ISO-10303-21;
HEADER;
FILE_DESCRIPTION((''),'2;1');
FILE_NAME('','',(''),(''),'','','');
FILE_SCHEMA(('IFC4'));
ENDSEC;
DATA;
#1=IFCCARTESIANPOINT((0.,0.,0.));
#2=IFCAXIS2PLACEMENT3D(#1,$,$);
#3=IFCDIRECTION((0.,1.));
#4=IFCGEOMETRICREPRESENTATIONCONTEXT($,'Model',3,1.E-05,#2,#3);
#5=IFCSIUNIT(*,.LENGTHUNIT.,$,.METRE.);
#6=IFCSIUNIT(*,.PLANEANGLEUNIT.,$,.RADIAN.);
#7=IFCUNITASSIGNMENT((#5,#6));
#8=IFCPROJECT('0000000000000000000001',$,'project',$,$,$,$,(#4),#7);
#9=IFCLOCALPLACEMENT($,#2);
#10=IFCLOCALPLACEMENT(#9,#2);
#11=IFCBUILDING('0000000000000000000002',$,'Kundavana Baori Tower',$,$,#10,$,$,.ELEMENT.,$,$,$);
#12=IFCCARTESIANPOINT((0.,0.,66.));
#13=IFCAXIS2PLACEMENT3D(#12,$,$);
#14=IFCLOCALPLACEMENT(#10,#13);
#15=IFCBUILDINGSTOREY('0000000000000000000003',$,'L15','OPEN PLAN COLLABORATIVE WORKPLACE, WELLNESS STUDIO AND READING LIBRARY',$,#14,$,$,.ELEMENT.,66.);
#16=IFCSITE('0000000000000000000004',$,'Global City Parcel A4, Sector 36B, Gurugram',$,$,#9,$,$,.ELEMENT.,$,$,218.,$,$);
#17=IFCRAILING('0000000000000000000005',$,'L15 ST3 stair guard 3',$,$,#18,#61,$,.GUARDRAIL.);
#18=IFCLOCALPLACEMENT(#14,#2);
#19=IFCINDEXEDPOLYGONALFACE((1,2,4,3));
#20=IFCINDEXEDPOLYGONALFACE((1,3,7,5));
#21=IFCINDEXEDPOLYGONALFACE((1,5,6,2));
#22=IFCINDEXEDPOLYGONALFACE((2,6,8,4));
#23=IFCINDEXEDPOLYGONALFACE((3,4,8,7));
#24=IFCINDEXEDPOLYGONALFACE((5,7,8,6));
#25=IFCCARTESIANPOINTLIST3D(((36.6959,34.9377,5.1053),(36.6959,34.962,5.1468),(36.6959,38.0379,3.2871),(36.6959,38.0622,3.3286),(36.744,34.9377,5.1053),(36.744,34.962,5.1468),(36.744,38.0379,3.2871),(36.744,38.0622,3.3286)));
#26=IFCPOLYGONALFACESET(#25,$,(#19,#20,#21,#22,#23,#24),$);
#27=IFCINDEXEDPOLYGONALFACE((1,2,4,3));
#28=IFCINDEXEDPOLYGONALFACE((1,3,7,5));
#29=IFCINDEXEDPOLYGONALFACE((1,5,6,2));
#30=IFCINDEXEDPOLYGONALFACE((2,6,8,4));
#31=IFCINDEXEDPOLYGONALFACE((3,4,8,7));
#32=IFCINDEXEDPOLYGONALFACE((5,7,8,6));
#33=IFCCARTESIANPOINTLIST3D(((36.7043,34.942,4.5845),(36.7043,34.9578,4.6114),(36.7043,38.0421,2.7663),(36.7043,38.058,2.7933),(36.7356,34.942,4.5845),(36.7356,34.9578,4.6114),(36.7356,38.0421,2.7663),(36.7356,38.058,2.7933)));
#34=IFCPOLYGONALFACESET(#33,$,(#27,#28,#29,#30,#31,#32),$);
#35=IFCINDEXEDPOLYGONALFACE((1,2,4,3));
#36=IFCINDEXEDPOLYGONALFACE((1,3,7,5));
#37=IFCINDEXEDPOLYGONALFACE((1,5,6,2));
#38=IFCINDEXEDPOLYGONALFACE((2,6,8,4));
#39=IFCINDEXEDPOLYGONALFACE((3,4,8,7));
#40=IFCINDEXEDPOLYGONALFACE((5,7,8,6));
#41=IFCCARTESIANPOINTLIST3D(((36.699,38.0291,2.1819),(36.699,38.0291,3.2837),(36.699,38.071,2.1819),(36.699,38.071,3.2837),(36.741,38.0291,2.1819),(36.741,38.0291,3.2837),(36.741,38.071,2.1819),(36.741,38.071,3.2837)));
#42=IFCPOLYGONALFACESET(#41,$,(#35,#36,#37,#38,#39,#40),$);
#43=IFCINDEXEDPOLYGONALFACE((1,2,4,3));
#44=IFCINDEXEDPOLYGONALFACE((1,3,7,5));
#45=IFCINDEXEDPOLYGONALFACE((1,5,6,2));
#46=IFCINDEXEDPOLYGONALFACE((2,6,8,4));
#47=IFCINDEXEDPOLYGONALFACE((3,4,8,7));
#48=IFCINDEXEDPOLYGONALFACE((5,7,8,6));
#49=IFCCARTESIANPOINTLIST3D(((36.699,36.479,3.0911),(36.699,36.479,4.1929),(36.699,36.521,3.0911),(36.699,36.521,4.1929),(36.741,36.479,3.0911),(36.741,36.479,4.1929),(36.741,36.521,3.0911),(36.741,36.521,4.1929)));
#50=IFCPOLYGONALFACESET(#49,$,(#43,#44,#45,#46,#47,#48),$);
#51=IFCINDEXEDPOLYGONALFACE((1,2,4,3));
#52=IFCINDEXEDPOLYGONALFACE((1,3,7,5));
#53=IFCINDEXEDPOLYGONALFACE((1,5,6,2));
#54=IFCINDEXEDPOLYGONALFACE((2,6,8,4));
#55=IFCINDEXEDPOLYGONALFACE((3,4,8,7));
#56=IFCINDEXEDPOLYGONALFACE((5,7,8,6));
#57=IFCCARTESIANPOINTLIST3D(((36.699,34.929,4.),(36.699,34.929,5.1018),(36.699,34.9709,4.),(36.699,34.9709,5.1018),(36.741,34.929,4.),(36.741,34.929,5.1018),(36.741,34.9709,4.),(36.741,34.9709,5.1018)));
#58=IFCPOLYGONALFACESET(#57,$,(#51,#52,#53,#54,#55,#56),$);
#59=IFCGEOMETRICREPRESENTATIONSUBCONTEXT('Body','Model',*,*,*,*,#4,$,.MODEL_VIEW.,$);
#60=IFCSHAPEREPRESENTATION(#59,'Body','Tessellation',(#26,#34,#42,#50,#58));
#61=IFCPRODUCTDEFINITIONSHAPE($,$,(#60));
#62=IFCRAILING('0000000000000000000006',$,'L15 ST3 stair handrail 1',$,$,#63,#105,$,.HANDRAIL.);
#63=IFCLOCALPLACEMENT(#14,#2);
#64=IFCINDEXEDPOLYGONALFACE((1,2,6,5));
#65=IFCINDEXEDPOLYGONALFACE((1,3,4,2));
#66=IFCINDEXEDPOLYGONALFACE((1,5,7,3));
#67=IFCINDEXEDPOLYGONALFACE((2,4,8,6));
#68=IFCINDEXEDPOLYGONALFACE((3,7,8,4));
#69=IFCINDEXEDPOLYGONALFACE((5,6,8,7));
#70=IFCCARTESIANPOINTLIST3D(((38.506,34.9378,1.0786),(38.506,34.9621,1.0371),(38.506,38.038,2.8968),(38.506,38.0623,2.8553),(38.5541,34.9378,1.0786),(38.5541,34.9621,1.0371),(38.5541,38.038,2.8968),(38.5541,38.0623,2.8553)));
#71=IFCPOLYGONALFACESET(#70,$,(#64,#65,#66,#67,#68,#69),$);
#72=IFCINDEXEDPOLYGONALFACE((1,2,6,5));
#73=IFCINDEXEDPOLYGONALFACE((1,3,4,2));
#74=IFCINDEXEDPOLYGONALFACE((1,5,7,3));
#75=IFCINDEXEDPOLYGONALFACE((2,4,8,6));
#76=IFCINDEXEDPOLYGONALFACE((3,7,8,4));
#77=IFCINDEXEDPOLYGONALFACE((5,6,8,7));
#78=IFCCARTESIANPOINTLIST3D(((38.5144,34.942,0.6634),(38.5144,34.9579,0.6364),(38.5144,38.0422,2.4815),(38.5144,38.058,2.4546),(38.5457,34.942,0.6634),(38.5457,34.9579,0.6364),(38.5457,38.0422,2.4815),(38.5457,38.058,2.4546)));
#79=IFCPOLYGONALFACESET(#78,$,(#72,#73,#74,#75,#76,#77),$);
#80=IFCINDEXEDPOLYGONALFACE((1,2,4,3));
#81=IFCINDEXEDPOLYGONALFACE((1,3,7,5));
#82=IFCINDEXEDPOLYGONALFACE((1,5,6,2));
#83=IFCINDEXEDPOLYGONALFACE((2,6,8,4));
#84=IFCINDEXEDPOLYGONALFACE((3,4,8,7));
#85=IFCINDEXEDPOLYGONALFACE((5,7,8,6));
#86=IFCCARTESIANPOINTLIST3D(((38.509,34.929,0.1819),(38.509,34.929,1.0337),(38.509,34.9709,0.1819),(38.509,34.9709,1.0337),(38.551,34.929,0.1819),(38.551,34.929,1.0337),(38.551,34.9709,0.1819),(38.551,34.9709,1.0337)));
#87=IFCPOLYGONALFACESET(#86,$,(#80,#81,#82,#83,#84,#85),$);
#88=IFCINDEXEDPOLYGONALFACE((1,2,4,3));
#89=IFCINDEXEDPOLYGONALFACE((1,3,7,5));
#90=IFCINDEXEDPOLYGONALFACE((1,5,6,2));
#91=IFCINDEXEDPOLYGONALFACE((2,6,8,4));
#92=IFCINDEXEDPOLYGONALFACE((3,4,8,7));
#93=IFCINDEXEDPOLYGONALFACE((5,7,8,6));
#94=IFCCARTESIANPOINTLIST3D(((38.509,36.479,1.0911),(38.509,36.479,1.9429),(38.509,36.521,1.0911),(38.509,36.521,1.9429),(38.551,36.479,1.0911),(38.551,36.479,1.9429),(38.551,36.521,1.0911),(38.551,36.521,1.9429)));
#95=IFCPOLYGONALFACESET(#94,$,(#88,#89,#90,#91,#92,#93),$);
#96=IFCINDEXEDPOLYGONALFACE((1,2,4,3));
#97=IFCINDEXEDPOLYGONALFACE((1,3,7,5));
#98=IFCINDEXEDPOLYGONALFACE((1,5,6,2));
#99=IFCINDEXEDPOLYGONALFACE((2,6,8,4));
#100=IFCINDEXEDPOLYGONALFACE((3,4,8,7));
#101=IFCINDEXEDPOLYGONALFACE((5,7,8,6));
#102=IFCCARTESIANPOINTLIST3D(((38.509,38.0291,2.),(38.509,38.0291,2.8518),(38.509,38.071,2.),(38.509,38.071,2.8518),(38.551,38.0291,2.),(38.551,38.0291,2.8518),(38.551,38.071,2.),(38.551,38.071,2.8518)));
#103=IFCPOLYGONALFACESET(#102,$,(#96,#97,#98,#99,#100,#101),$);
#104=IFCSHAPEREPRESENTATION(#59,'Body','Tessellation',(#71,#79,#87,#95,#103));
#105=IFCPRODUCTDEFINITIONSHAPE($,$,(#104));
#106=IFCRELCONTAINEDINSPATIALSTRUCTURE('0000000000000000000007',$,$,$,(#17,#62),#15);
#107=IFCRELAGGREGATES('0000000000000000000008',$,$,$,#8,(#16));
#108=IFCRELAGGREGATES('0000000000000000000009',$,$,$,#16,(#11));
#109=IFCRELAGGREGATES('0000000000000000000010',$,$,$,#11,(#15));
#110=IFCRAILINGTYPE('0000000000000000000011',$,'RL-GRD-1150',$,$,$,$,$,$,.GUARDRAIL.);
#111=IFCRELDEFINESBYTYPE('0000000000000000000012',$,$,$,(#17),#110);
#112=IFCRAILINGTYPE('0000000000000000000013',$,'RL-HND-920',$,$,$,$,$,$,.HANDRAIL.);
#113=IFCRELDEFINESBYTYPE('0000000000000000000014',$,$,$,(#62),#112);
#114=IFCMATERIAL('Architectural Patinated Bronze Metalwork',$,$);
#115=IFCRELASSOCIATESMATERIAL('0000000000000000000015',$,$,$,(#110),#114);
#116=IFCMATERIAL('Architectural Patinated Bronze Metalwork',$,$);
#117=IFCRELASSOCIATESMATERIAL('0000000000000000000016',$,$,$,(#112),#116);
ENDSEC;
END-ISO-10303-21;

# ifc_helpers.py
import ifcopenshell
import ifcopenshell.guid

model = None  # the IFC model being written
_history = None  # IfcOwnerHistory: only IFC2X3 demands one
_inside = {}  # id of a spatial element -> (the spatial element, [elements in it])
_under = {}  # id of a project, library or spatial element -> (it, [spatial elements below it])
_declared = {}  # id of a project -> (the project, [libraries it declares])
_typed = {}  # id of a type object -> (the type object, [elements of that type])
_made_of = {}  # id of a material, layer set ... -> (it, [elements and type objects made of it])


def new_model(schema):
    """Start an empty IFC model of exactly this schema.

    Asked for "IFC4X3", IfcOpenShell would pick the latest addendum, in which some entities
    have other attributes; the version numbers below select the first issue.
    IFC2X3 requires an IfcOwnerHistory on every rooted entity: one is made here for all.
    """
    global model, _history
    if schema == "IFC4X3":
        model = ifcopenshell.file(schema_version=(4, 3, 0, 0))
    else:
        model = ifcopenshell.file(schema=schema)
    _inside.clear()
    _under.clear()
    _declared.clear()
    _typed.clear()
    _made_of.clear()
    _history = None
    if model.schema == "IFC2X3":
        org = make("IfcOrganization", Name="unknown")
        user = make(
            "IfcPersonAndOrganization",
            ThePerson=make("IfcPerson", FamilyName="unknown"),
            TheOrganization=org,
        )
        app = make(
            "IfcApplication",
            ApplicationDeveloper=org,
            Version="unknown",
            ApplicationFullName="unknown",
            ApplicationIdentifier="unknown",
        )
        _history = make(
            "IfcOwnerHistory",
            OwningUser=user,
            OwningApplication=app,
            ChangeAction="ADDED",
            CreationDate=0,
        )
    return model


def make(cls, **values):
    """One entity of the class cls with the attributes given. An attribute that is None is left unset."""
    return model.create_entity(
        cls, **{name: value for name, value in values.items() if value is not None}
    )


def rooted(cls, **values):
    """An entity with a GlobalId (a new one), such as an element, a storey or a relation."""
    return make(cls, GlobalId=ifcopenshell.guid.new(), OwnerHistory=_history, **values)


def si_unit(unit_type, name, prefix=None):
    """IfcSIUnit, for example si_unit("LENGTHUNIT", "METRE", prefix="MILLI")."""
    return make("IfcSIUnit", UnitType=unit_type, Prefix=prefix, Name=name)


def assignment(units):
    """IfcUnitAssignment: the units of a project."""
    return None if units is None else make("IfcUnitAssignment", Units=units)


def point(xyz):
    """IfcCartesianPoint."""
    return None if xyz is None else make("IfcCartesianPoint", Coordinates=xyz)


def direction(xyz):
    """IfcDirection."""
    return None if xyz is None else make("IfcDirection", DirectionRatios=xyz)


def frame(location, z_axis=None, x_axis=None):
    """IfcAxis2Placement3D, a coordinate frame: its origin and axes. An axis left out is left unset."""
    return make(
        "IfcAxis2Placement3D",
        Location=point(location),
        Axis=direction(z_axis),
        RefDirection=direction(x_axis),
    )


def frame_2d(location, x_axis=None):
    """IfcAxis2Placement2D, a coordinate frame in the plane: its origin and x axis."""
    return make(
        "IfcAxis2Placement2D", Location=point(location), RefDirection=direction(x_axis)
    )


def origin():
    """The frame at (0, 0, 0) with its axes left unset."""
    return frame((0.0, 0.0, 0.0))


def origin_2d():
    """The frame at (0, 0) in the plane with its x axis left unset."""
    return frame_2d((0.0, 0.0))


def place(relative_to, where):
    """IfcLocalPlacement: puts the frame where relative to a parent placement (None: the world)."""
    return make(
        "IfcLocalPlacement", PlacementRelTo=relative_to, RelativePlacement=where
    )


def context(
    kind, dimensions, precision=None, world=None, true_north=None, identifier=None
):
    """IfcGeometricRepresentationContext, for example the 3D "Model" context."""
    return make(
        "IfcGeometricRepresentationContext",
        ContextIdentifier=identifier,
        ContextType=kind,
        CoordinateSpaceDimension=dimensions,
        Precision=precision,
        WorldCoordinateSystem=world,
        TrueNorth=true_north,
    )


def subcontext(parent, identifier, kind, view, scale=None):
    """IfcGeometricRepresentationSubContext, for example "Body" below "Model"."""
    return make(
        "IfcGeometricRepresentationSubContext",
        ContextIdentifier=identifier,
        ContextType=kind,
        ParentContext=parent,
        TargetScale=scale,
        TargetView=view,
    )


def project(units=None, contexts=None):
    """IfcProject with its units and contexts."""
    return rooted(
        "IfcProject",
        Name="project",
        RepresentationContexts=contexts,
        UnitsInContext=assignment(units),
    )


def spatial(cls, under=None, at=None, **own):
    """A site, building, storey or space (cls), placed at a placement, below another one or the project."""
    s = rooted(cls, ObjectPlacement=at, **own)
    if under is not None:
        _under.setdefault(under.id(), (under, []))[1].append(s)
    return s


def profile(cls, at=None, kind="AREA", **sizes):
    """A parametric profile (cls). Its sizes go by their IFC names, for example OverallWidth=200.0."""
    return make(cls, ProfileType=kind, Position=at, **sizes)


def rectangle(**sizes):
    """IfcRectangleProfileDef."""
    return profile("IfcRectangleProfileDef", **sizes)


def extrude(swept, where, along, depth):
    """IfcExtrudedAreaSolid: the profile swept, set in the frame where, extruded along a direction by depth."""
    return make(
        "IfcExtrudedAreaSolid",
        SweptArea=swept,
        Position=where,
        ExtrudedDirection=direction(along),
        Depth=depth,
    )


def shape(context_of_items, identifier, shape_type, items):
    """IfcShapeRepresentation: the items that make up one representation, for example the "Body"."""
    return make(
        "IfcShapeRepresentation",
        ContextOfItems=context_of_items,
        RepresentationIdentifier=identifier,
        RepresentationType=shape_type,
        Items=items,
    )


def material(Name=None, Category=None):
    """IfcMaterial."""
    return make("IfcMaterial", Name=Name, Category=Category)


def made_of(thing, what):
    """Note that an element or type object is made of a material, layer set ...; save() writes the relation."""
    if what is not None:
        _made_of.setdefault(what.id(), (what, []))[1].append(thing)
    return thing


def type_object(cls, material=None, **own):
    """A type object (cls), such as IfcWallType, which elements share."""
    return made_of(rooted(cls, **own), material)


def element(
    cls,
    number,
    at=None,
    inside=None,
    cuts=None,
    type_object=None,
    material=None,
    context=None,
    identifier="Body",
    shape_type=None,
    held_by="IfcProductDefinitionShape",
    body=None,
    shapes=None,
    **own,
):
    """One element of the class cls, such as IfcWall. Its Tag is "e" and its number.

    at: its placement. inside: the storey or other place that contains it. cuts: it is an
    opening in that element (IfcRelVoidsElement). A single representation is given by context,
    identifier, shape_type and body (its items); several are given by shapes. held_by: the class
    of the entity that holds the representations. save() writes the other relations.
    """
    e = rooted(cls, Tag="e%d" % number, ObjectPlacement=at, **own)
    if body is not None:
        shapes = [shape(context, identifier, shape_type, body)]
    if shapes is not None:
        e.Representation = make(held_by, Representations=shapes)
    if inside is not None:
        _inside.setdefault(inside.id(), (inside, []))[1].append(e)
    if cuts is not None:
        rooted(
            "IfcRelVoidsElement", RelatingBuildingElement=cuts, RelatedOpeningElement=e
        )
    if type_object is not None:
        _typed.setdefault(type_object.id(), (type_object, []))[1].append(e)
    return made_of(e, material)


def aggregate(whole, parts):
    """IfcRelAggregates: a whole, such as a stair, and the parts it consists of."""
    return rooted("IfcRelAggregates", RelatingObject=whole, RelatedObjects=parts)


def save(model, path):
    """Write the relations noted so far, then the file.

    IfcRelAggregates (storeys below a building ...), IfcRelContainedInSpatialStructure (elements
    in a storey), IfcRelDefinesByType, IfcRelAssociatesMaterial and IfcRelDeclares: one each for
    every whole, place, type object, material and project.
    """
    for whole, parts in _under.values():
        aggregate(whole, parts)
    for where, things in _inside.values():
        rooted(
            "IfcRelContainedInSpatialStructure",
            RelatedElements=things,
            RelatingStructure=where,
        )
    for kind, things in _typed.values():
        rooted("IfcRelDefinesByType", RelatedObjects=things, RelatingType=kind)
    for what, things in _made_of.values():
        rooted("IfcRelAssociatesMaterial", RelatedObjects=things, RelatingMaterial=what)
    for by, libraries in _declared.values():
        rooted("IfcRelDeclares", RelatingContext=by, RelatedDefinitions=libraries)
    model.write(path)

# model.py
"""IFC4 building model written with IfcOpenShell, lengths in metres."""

from ifc_helpers import new_model, si_unit, direction, frame, origin, origin_2d, place, context, subcontext, project, spatial, rectangle, extrude, material, type_object, element, save


model = new_model("IFC4")

# Units and contexts
model_context = context("Model", 3, precision=1e-05, world=origin(), true_north=direction((0.0, 1.0)))
body_context = subcontext(model_context, "Body", "Model", "MODEL_VIEW")
ifc_project = project(units=[si_unit("LENGTHUNIT", "METRE"), si_unit("PLANEANGLEUNIT", "RADIAN")], contexts=[model_context])

# Site, building, storey
site_placement = place(None, origin())
site = spatial("IfcSite", under=ifc_project, at=site_placement, Name="Global City Parcel A4, Sector 36B, Gurugram", CompositionType="ELEMENT", RefElevation=218.0)
building_placement = place(site_placement, origin())
building = spatial("IfcBuilding", under=site, at=building_placement, Name="Kundavana Baori Tower", CompositionType="ELEMENT")
storey_placement = place(building_placement, frame((0.0, 0.0, 66.0)))
storey = spatial("IfcBuildingStorey", under=building, at=storey_placement, Name="L15", Description="OPEN PLAN COLLABORATIVE WORKPLACE, WELLNESS STUDIO AND READING LIBRARY", CompositionType="ELEMENT", Elevation=66.0)

# Railings
ifc_material_1 = material(Name="Architectural Patinated Bronze Metalwork")
railing_type_1 = type_object("IfcRailingType", Name="RL-GRD-1150", PredefinedType="GUARDRAIL", material=ifc_material_1)
railing_1_placement = place(storey_placement, frame((36.72, 38.05, 2.1819)))
element("IfcRailing", 1, at=railing_1_placement, inside=storey, type_object=railing_type_1, Name="L15 ST3 stair guard 3", PredefinedType="GUARDRAIL", context=body_context, shape_type="SweptSolid", body=[
    extrude(rectangle(XDim=0.0481, YDim=0.0481, at=origin_2d()), frame((0.0, 0.0, 1.126), z_axis=(0.0, -0.862599, 0.505889), x_axis=(1.0, 0.0, 0.0)), (0.0, 0.0, 1.0), 3.594),
    extrude(rectangle(XDim=0.0312, YDim=0.0312, at=origin_2d()), frame((0.0, 0.0, 0.5979), z_axis=(0.0, -0.862599, 0.505889), x_axis=(1.0, 0.0, 0.0)), (0.0, 0.0, 1.0), 3.594),
    extrude(rectangle(XDim=0.042, YDim=0.042, at=origin_2d()), origin(), (0.0, 0.0, 1.0), 1.1018),
    extrude(rectangle(XDim=0.042, YDim=0.042, at=origin_2d()), frame((0.0, -1.55, 0.9092)), (0.0, 0.0, 1.0), 1.1018),
    extrude(rectangle(XDim=0.042, YDim=0.042, at=origin_2d()), frame((0.0, -3.1001, 1.8181)), (0.0, 0.0, 1.0), 1.1018),
])
ifc_material_2 = material(Name="Architectural Patinated Bronze Metalwork")
railing_type_2 = type_object("IfcRailingType", Name="RL-HND-920", PredefinedType="HANDRAIL", material=ifc_material_2)
railing_2_placement = place(storey_placement, frame((38.53, 34.95, 0.1819)))
element("IfcRailing", 2, at=railing_2_placement, inside=storey, type_object=railing_type_2, Name="L15 ST3 stair handrail 1", PredefinedType="HANDRAIL", context=body_context, shape_type="SweptSolid", body=[
    extrude(rectangle(XDim=0.0481, YDim=0.0481, at=origin_2d()), frame((0.0, 0.0, 0.876), z_axis=(0.0, 0.862599, 0.505889), x_axis=(-1.0, 0.0, 0.0)), (0.0, 0.0, 1.0), 3.594),
    extrude(rectangle(XDim=0.0312, YDim=0.0312, at=origin_2d()), frame((0.0, 0.0, 0.468), z_axis=(0.0, 0.862599, 0.505889), x_axis=(-1.0, 0.0, 0.0)), (0.0, 0.0, 1.0), 3.594),
    extrude(rectangle(XDim=0.042, YDim=0.042, at=origin_2d()), origin(), (0.0, 0.0, 1.0), 0.8518),
    extrude(rectangle(XDim=0.042, YDim=0.042, at=origin_2d()), frame((0.0, 1.55, 0.9092)), (0.0, 0.0, 1.0), 0.8518),
    extrude(rectangle(XDim=0.042, YDim=0.042, at=origin_2d()), frame((0.0, 3.1001, 1.8181)), (0.0, 0.0, 1.0), 0.8518),
])

save(model, "model.ifc")
